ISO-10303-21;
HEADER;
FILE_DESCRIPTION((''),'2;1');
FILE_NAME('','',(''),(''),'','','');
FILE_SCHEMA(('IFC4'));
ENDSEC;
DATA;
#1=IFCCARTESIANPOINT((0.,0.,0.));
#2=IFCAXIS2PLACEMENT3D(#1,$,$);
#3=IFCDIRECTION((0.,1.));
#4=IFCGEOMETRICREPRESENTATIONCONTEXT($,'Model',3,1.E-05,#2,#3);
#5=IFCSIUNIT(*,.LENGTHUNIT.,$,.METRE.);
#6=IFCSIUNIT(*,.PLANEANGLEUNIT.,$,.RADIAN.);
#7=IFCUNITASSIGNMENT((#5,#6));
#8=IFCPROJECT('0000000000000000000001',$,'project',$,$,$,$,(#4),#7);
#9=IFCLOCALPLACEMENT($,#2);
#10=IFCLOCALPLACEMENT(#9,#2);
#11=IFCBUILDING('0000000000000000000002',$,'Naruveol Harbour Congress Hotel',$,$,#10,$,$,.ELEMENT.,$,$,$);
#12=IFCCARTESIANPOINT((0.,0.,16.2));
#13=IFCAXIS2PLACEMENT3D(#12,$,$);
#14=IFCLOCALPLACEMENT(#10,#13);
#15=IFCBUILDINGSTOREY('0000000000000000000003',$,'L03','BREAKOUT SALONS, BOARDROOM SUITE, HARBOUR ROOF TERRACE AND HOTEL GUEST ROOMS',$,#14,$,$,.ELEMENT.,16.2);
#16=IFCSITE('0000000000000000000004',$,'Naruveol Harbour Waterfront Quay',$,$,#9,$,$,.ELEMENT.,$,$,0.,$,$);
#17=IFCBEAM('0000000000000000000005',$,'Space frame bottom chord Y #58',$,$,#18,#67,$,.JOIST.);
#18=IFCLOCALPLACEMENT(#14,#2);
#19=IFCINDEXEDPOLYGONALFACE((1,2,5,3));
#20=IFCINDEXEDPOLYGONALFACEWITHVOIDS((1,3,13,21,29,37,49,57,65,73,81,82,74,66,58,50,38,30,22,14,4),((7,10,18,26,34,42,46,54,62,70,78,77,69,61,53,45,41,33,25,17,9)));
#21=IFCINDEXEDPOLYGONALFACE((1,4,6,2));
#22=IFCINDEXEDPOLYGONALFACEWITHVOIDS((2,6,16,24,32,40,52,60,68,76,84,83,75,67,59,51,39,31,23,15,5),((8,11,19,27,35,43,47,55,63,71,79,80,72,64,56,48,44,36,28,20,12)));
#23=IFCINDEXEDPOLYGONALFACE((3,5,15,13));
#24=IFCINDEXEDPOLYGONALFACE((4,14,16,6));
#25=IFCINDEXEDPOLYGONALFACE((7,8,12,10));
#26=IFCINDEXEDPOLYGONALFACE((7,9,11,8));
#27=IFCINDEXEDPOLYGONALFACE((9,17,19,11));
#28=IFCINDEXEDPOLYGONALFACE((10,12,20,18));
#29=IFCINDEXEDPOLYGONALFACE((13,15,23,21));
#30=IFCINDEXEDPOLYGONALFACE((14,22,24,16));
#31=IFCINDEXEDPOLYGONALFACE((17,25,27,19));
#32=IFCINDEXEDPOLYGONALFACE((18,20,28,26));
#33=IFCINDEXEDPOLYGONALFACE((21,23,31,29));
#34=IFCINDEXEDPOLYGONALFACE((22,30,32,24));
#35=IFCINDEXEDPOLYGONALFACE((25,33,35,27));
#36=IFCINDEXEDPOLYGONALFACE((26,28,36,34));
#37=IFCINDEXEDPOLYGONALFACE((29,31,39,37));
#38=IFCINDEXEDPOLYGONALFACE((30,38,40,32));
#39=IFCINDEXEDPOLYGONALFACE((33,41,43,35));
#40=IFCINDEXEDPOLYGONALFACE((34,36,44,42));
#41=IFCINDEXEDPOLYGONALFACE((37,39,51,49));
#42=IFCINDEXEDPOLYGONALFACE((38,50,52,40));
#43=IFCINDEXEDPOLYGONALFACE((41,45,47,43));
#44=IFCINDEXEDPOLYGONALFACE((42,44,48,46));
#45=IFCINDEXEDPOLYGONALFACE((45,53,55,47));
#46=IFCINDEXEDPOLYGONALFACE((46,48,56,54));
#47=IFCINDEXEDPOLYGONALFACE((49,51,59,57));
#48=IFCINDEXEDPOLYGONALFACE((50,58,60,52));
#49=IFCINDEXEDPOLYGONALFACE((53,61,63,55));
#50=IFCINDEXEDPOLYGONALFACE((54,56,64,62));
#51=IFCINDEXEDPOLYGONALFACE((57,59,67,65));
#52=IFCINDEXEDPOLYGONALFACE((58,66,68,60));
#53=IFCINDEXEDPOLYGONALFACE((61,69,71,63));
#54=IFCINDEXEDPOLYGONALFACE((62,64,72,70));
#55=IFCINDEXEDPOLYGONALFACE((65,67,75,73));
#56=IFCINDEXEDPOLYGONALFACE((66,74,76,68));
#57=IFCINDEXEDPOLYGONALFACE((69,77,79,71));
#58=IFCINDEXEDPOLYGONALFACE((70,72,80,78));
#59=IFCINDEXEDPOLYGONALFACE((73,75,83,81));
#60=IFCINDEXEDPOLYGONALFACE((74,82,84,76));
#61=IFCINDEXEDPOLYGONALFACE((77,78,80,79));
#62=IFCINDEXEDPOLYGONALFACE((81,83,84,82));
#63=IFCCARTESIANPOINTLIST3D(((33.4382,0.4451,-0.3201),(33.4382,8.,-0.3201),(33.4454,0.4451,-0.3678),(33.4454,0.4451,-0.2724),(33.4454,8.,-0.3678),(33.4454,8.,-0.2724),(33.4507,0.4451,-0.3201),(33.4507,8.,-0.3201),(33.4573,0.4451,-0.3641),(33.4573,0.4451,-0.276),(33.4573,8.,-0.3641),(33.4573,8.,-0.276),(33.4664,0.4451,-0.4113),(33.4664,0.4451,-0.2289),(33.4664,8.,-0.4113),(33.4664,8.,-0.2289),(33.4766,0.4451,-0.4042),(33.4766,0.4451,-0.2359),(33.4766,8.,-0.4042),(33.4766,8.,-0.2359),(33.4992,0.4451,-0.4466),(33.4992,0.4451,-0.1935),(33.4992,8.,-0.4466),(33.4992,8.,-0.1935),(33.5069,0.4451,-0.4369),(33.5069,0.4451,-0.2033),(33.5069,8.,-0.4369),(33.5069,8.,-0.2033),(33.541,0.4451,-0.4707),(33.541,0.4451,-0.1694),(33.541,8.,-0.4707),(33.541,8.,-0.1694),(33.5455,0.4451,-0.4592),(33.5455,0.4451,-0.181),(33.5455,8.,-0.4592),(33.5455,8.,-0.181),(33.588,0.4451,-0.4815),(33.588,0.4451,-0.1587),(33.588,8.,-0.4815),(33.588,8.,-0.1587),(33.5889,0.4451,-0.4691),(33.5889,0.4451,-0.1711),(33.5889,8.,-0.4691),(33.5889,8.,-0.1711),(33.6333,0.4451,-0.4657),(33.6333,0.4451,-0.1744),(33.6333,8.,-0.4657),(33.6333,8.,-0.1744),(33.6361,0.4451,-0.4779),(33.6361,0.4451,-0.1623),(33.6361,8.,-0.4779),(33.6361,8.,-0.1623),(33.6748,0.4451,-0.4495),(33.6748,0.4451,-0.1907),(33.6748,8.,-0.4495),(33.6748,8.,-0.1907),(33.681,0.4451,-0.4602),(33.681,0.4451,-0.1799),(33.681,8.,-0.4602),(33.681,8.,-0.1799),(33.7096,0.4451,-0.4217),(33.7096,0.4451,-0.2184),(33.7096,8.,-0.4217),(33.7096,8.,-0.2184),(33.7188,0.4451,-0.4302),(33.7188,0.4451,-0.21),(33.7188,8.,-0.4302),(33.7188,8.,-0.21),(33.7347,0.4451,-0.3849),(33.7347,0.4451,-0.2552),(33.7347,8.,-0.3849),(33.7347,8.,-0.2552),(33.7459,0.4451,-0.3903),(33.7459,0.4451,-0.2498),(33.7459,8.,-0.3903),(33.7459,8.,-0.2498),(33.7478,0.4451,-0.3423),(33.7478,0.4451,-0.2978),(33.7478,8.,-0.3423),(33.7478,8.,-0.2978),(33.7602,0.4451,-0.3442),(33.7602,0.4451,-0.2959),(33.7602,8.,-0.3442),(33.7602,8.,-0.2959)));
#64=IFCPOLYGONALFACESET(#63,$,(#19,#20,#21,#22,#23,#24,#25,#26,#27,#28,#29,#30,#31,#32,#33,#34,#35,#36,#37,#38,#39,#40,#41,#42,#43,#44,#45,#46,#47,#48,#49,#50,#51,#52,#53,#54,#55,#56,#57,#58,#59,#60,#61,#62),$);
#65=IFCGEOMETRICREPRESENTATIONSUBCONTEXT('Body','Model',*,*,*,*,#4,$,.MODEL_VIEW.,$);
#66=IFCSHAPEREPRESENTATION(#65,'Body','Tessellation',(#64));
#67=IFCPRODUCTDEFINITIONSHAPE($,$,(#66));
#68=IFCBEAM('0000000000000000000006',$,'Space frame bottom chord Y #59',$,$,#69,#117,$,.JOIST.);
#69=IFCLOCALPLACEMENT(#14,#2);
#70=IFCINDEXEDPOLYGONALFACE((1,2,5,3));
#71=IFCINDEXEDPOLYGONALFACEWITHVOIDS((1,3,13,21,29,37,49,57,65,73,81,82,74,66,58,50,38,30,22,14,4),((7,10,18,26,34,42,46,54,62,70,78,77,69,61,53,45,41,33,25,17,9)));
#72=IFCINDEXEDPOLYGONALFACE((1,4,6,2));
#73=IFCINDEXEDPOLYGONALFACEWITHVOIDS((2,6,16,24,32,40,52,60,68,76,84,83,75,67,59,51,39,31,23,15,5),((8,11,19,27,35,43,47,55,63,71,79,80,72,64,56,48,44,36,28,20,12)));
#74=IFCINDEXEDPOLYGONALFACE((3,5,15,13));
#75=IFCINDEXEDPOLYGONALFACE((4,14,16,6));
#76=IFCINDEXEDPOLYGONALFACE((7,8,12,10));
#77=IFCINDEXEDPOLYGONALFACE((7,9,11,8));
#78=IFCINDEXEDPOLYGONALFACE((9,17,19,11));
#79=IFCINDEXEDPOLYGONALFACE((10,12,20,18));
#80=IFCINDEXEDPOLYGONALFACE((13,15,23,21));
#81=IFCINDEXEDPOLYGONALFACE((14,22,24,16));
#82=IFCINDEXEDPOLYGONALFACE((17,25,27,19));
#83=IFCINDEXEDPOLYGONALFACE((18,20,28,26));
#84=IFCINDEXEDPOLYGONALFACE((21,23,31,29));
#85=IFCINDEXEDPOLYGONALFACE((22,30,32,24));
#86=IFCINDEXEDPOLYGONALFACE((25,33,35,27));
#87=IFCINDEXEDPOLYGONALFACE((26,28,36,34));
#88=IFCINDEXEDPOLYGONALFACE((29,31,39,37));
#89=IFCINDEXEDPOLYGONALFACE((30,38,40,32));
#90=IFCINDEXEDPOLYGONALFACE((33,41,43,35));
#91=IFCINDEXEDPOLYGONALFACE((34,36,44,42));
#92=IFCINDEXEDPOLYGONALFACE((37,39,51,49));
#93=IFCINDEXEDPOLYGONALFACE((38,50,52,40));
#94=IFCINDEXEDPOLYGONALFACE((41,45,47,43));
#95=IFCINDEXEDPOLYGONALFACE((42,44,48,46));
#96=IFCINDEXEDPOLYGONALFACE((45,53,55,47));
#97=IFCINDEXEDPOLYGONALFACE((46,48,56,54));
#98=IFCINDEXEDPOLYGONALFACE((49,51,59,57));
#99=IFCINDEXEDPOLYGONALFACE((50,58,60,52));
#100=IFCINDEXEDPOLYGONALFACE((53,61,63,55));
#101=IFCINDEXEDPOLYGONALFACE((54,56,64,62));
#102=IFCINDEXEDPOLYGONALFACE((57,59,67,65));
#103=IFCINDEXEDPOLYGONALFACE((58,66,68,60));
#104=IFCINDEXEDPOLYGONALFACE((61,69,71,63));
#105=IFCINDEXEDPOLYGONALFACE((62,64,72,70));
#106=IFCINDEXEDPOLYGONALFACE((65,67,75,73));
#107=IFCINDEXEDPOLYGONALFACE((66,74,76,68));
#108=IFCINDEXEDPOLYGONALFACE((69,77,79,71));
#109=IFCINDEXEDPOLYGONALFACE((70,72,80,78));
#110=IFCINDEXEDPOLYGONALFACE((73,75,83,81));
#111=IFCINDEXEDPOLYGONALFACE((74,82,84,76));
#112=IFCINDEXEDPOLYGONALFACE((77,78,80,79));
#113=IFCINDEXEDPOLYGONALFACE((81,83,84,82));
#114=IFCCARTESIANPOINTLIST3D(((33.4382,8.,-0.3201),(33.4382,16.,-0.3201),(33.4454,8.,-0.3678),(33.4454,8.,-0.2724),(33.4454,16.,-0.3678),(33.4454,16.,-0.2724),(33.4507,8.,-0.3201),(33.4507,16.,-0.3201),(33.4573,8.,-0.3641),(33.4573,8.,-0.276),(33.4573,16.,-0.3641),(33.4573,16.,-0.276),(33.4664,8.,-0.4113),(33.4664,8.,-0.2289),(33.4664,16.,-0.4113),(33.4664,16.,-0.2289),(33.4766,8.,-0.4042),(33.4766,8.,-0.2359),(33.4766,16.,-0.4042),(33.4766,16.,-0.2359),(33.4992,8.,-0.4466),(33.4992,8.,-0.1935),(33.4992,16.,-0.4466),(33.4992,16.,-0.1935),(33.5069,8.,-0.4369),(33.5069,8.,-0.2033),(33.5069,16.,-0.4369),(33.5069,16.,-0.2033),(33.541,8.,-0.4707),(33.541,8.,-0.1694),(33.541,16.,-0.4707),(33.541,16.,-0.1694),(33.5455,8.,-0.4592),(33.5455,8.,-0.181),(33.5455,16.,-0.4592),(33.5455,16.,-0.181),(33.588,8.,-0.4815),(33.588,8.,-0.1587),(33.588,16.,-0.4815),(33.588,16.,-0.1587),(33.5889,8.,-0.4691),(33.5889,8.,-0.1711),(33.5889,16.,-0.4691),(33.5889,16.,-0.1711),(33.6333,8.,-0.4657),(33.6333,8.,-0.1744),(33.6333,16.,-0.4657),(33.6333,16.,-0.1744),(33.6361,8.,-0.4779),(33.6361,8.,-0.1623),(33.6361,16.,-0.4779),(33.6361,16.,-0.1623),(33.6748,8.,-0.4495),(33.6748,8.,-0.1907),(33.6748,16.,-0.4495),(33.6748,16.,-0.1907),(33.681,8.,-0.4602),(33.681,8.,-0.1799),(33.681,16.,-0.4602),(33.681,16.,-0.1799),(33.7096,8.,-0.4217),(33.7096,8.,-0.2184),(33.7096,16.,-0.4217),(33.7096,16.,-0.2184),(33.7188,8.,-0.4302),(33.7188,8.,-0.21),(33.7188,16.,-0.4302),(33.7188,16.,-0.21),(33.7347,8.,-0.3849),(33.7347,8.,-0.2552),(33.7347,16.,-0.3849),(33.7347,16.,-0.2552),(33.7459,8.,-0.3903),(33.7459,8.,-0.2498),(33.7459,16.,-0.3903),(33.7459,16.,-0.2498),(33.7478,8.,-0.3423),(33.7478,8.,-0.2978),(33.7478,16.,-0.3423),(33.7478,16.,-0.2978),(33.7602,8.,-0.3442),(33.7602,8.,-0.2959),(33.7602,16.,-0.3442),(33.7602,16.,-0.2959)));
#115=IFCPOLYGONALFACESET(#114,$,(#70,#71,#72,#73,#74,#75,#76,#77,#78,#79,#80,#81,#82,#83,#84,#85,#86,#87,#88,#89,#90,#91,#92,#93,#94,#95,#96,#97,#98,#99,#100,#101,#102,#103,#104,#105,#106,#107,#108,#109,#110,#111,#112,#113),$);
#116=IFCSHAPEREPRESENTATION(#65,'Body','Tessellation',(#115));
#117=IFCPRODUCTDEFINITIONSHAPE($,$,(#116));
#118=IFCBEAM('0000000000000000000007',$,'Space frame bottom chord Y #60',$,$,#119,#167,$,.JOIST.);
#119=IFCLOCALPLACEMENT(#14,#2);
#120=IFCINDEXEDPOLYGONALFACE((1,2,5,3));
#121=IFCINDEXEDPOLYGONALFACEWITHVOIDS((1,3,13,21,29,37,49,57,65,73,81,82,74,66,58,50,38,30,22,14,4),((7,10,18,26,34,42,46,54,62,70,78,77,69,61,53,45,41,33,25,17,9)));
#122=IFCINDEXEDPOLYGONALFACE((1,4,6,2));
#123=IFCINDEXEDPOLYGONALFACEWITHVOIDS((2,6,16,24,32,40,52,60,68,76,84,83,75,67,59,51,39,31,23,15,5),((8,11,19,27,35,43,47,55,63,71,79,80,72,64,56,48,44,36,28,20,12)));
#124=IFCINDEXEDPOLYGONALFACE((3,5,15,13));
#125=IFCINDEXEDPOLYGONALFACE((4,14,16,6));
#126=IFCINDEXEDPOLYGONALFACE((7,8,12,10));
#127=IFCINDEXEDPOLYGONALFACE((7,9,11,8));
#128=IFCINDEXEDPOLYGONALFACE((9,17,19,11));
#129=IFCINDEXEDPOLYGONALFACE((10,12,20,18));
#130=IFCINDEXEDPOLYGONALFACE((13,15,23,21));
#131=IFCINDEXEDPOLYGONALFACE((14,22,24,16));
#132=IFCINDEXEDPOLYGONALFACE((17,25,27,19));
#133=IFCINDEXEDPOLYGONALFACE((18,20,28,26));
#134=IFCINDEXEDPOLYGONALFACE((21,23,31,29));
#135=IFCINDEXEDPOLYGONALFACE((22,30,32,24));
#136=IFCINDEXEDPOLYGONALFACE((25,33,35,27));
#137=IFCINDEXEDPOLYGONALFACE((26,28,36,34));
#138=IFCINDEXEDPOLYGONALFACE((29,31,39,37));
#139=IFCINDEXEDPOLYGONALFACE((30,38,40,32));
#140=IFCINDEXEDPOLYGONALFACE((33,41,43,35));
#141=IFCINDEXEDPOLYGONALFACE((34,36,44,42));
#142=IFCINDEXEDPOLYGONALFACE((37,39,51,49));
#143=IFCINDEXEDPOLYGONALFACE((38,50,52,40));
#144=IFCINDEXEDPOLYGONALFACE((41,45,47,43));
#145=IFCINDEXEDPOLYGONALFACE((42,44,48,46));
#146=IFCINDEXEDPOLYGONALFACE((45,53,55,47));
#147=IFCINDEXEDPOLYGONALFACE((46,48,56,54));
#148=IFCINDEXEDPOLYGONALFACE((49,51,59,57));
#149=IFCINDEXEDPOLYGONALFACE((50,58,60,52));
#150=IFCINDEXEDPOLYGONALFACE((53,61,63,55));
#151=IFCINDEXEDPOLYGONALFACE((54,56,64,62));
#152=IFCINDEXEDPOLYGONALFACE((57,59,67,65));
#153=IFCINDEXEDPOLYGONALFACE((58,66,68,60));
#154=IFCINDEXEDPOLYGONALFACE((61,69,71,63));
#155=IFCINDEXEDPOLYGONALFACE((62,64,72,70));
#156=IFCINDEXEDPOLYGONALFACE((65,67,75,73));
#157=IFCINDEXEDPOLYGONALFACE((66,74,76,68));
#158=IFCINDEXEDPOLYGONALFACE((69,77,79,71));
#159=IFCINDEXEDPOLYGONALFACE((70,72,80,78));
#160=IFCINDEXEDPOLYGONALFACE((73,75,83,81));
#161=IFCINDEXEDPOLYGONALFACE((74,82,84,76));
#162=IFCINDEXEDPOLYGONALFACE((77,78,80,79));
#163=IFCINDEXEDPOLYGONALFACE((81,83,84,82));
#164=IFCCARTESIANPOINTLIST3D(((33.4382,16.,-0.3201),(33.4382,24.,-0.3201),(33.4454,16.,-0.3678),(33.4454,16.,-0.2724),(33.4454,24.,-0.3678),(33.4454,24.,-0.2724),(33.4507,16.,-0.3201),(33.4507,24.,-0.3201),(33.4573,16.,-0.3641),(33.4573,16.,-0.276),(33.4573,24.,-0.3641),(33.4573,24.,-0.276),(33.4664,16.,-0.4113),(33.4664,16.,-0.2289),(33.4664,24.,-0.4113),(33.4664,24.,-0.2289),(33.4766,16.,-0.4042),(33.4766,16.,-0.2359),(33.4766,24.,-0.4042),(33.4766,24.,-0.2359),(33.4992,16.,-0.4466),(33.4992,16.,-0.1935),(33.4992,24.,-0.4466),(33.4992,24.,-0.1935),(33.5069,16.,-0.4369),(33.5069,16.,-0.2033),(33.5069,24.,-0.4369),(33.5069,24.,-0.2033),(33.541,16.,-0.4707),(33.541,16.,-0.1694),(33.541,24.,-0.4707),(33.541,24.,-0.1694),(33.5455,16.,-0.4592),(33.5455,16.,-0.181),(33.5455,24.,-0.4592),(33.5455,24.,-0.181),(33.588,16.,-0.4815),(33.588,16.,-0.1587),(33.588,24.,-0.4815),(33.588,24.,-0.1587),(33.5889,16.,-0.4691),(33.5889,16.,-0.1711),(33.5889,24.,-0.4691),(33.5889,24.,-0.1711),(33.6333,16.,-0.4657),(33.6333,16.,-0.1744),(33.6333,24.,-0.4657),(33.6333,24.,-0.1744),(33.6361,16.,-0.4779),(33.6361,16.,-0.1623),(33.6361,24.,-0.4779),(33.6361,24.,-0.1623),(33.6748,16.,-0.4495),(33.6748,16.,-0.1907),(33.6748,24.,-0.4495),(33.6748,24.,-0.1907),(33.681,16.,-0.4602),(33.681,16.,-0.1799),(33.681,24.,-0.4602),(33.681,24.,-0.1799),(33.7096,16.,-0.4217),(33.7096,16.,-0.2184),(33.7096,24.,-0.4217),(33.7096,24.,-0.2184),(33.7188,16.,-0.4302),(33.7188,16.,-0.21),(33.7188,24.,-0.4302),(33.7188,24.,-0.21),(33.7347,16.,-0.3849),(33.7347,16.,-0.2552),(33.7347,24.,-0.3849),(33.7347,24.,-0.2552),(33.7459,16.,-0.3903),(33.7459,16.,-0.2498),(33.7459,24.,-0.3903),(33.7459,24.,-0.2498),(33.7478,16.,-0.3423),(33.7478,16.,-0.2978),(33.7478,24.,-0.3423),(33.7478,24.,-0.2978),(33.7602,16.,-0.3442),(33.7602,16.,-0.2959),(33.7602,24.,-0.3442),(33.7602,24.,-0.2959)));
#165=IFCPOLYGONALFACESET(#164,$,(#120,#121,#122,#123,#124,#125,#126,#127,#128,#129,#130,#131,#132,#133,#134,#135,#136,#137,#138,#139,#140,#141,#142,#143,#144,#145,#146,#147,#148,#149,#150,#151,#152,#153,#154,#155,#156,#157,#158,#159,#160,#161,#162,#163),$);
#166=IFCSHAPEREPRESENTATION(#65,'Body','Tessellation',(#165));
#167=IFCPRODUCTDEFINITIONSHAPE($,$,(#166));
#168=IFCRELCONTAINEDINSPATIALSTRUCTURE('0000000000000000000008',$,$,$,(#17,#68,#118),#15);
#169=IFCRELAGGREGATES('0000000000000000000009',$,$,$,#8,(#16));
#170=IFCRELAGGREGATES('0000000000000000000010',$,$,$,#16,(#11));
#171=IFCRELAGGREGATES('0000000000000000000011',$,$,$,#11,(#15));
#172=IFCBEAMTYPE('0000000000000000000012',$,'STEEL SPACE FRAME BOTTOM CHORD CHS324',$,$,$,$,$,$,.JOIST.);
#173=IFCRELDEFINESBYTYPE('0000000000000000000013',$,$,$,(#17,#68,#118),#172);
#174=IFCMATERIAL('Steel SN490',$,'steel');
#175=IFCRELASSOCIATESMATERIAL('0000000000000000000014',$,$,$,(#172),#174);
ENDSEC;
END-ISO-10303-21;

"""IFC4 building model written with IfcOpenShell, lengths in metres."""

from ifc_helpers import new_model, si_unit, direction, frame, origin, origin_2d, place, context, subcontext, project, spatial, hollow_circle, extrude, material, material_profile, profile_set, type_object, element, save


model = new_model("IFC4")

# Units and contexts
model_context = context("Model", 3, precision=1e-05, world=origin(), true_north=direction((0.0, 1.0)))
body_context = subcontext(model_context, "Body", "Model", "MODEL_VIEW")
ifc_project = project(units=[si_unit("LENGTHUNIT", "METRE"), si_unit("PLANEANGLEUNIT", "RADIAN")], contexts=[model_context])

# Site, building, storey
site_placement = place(None, origin())
site = spatial("IfcSite", under=ifc_project, at=site_placement, Name="Naruveol Harbour Waterfront Quay", CompositionType="ELEMENT", RefElevation=0.0)
building_placement = place(site_placement, origin())
building = spatial("IfcBuilding", under=site, at=building_placement, Name="Naruveol Harbour Congress Hotel", CompositionType="ELEMENT")
storey_placement = place(building_placement, frame((0.0, 0.0, 16.2)))
storey = spatial("IfcBuildingStorey", under=building, at=storey_placement, Name="L03", Description="BREAKOUT SALONS, BOARDROOM SUITE, HARBOUR ROOF TERRACE AND HOTEL GUEST ROOMS", CompositionType="ELEMENT", Elevation=16.2)

# Beams
ifc_material_1 = material(Name="Steel SN490", Category="steel")
ifc_material_profile_1 = material_profile(ifc_material_1, hollow_circle(Radius=0.1619, WallThickness=0.0125, at=origin_2d()), Name="CHS-323.9x12.5")
ifc_profile_set_1 = profile_set([ifc_material_profile_1], Name="Steel SN490")
beam_type_1 = type_object("IfcBeamType", Name="STEEL SPACE FRAME BOTTOM CHORD CHS324", PredefinedType="JOIST", material=ifc_profile_set_1)
beam_1_placement = place(storey_placement, frame((33.6001, 0.4451, -0.3201), z_axis=(0.0, 1.0, 0.0), x_axis=(-1.0, 0.0, 0.0)))
element("IfcBeam", 1, at=beam_1_placement, inside=storey, type_object=beam_type_1, Name="Space frame bottom chord Y #58", PredefinedType="JOIST", context=body_context, shape_type="SweptSolid", body=[
    extrude(hollow_circle(Radius=0.1619, WallThickness=0.0125, at=origin_2d()), origin(), (0.0, 0.0, 1.0), 7.5549),
])
for number, where, z_axis, x_axis, name in (
    (2, (33.6001, 8.0, -0.3201), (0.0, 1.0, 0.0), (-1.0, 0.0, 0.0), "Space frame bottom chord Y #59"),
    (3, (33.6001, 16.0, -0.3201), (0.0, 1.0, 0.0), (-1.0, 0.0, 0.0), "Space frame bottom chord Y #60"),
):
    element("IfcBeam", number, at=place(storey_placement, frame(where, z_axis=z_axis, x_axis=x_axis)), inside=storey, type_object=beam_type_1, Name=name, PredefinedType="JOIST", context=body_context, shape_type="SweptSolid", body=[
        extrude(hollow_circle(Radius=0.1619, WallThickness=0.0125, at=origin_2d()), origin(), (0.0, 0.0, 1.0), 8.0),
    ])

save(model, "model.ifc")
